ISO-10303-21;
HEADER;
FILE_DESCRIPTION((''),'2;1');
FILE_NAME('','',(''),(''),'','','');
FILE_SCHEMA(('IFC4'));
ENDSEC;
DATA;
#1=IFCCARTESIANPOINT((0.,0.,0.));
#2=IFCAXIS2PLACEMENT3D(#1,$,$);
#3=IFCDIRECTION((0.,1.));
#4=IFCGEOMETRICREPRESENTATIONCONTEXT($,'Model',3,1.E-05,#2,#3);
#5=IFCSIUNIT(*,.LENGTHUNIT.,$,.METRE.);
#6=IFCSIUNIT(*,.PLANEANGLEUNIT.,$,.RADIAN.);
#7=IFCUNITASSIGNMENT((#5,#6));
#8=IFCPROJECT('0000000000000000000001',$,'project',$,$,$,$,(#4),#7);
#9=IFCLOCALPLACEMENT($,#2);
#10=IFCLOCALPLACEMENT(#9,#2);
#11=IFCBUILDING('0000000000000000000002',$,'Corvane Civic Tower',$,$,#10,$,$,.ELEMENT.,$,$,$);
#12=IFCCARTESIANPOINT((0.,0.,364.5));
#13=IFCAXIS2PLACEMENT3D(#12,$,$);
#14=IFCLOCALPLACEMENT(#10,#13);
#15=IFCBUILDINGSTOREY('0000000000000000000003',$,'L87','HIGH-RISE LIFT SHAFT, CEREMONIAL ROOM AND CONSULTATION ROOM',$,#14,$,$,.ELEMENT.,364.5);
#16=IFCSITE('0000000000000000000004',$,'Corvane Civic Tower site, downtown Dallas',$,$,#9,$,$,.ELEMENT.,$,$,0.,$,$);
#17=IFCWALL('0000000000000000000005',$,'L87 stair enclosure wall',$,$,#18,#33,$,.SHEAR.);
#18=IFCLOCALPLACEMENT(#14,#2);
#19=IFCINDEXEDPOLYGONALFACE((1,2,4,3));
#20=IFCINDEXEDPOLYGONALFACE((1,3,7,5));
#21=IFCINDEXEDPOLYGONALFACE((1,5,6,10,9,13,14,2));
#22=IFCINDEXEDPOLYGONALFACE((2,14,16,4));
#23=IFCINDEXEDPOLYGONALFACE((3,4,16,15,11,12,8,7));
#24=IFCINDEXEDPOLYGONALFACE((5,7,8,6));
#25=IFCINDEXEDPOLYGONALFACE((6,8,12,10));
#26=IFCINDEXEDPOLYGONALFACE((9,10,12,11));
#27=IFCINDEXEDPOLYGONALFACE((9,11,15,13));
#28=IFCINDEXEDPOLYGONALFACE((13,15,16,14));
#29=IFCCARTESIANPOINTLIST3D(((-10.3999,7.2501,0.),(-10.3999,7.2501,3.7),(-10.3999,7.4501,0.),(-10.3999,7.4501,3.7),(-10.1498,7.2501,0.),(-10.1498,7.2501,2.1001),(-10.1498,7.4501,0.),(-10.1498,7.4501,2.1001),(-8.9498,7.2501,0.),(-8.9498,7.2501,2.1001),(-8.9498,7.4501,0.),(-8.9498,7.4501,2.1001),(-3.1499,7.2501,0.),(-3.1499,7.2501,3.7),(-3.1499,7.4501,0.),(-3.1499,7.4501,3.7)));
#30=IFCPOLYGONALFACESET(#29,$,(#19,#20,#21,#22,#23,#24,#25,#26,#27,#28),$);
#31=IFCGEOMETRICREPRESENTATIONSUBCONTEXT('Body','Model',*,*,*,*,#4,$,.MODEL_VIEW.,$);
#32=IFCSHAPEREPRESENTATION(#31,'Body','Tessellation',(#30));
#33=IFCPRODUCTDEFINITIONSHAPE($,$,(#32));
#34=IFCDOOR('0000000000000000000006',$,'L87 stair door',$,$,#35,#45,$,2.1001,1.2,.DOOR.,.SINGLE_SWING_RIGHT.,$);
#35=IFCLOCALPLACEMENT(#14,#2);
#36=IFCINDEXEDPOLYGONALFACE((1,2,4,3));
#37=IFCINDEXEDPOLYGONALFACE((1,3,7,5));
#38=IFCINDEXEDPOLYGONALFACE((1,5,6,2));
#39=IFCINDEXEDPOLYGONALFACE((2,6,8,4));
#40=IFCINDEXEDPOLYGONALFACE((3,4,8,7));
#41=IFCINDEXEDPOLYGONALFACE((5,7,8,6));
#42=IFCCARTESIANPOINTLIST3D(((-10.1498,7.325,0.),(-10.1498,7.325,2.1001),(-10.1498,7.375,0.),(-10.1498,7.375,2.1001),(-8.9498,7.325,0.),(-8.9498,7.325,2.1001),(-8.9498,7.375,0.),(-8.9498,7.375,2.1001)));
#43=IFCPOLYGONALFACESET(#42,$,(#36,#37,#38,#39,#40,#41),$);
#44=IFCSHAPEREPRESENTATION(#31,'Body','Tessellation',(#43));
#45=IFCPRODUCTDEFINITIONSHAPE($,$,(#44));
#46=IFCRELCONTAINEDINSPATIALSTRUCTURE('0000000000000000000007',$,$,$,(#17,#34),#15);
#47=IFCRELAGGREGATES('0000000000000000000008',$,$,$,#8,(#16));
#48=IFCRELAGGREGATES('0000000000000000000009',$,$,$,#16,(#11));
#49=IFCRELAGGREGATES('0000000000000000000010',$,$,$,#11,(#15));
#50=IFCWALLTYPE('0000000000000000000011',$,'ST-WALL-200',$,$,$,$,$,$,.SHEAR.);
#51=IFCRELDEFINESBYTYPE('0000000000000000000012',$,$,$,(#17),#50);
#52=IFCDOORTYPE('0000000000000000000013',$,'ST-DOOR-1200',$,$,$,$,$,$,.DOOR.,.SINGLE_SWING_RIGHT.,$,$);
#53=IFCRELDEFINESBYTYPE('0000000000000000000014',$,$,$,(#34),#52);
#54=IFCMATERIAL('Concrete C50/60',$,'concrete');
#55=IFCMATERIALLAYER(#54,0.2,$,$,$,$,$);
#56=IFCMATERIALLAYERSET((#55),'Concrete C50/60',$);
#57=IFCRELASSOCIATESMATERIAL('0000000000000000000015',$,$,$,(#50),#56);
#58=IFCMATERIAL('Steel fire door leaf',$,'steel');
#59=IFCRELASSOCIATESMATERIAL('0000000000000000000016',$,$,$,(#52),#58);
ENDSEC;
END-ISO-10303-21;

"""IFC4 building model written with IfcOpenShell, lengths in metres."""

from ifc_helpers import new_model, si_unit, direction, frame, frame_2d, origin, place, context, subcontext, project, spatial, rectangle, extrude, material, layer, layer_set, type_object, element, fill, save


model = new_model("IFC4")

# Units and contexts
model_context = context("Model", 3, precision=1e-05, world=origin(), true_north=direction((0.0, 1.0)))
body_context = subcontext(model_context, "Body", "Model", "MODEL_VIEW")
ifc_project = project(units=[si_unit("LENGTHUNIT", "METRE"), si_unit("PLANEANGLEUNIT", "RADIAN")], contexts=[model_context])

# Site, building, storey
site_placement = place(None, origin())
site = spatial("IfcSite", under=ifc_project, at=site_placement, Name="Corvane Civic Tower site, downtown Dallas", CompositionType="ELEMENT", RefElevation=0.0)
building_placement = place(site_placement, origin())
building = spatial("IfcBuilding", under=site, at=building_placement, Name="Corvane Civic Tower", CompositionType="ELEMENT")
storey_placement = place(building_placement, frame((0.0, 0.0, 364.5)))
storey = spatial("IfcBuildingStorey", under=building, at=storey_placement, Name="L87", Description="HIGH-RISE LIFT SHAFT, CEREMONIAL ROOM AND CONSULTATION ROOM", CompositionType="ELEMENT", Elevation=364.5)

# Wall, opening, door
ifc_material_1 = material(Name="Concrete C50/60", Category="concrete")
ifc_layer_1 = layer(ifc_material_1, 0.2)
ifc_layer_set_1 = layer_set([ifc_layer_1], Name="Concrete C50/60")
wall_type_1 = type_object("IfcWallType", Name="ST-WALL-200", PredefinedType="SHEAR", material=ifc_layer_set_1)
wall_1_placement = place(storey_placement, frame((-10.3999, 7.3501, 0.0), z_axis=(0.0, 0.0, 1.0), x_axis=(1.0, 0.0, 0.0)))
wall_1 = element("IfcWall", 1, at=wall_1_placement, inside=storey, type_object=wall_type_1, Name="L87 stair enclosure wall", PredefinedType="SHEAR", context=body_context, shape_type="SweptSolid", body=[
    extrude(rectangle(XDim=7.25, YDim=0.2, at=frame_2d((3.625, 0.0))), origin(), (0.0, 0.0, 1.0), 3.7),
])
opening_1_placement = place(wall_1_placement, frame((0.25, 0.0, 0.0)))
opening_1 = element("IfcOpeningElement", 2, at=opening_1_placement, cuts=wall_1, PredefinedType="OPENING", context=body_context, shape_type="SweptSolid", body=[
    extrude(rectangle(XDim=1.2, YDim=2.1001, at=frame_2d((0.6001, 1.05))), frame((0.0, 0.1099, 0.0), z_axis=(0.0, -1.0, 0.0), x_axis=(1.0, 0.0, 0.0)), (0.0, 0.0, 1.0), 0.22),
])
ifc_material_2 = material(Name="Steel fire door leaf", Category="steel")
door_type_1 = type_object("IfcDoorType", Name="ST-DOOR-1200", OperationType="SINGLE_SWING_RIGHT", PredefinedType="DOOR", material=ifc_material_2)
door_1_placement = place(opening_1_placement, origin())
door_1 = element("IfcDoor", 3, at=door_1_placement, inside=storey, type_object=door_type_1, Name="L87 stair door", OperationType="SINGLE_SWING_RIGHT", OverallHeight=2.1001, OverallWidth=1.2, PredefinedType="DOOR", context=body_context, shape_type="SweptSolid", body=[
    extrude(rectangle(XDim=1.2, YDim=2.1001, at=frame_2d((0.6001, 1.05))), frame((0.0, 0.0249, 0.0), z_axis=(0.0, -1.0, 0.0), x_axis=(1.0, 0.0, 0.0)), (0.0, 0.0, 1.0), 0.05),
])
fill(opening_1, door_1)

save(model, "model.ifc")
